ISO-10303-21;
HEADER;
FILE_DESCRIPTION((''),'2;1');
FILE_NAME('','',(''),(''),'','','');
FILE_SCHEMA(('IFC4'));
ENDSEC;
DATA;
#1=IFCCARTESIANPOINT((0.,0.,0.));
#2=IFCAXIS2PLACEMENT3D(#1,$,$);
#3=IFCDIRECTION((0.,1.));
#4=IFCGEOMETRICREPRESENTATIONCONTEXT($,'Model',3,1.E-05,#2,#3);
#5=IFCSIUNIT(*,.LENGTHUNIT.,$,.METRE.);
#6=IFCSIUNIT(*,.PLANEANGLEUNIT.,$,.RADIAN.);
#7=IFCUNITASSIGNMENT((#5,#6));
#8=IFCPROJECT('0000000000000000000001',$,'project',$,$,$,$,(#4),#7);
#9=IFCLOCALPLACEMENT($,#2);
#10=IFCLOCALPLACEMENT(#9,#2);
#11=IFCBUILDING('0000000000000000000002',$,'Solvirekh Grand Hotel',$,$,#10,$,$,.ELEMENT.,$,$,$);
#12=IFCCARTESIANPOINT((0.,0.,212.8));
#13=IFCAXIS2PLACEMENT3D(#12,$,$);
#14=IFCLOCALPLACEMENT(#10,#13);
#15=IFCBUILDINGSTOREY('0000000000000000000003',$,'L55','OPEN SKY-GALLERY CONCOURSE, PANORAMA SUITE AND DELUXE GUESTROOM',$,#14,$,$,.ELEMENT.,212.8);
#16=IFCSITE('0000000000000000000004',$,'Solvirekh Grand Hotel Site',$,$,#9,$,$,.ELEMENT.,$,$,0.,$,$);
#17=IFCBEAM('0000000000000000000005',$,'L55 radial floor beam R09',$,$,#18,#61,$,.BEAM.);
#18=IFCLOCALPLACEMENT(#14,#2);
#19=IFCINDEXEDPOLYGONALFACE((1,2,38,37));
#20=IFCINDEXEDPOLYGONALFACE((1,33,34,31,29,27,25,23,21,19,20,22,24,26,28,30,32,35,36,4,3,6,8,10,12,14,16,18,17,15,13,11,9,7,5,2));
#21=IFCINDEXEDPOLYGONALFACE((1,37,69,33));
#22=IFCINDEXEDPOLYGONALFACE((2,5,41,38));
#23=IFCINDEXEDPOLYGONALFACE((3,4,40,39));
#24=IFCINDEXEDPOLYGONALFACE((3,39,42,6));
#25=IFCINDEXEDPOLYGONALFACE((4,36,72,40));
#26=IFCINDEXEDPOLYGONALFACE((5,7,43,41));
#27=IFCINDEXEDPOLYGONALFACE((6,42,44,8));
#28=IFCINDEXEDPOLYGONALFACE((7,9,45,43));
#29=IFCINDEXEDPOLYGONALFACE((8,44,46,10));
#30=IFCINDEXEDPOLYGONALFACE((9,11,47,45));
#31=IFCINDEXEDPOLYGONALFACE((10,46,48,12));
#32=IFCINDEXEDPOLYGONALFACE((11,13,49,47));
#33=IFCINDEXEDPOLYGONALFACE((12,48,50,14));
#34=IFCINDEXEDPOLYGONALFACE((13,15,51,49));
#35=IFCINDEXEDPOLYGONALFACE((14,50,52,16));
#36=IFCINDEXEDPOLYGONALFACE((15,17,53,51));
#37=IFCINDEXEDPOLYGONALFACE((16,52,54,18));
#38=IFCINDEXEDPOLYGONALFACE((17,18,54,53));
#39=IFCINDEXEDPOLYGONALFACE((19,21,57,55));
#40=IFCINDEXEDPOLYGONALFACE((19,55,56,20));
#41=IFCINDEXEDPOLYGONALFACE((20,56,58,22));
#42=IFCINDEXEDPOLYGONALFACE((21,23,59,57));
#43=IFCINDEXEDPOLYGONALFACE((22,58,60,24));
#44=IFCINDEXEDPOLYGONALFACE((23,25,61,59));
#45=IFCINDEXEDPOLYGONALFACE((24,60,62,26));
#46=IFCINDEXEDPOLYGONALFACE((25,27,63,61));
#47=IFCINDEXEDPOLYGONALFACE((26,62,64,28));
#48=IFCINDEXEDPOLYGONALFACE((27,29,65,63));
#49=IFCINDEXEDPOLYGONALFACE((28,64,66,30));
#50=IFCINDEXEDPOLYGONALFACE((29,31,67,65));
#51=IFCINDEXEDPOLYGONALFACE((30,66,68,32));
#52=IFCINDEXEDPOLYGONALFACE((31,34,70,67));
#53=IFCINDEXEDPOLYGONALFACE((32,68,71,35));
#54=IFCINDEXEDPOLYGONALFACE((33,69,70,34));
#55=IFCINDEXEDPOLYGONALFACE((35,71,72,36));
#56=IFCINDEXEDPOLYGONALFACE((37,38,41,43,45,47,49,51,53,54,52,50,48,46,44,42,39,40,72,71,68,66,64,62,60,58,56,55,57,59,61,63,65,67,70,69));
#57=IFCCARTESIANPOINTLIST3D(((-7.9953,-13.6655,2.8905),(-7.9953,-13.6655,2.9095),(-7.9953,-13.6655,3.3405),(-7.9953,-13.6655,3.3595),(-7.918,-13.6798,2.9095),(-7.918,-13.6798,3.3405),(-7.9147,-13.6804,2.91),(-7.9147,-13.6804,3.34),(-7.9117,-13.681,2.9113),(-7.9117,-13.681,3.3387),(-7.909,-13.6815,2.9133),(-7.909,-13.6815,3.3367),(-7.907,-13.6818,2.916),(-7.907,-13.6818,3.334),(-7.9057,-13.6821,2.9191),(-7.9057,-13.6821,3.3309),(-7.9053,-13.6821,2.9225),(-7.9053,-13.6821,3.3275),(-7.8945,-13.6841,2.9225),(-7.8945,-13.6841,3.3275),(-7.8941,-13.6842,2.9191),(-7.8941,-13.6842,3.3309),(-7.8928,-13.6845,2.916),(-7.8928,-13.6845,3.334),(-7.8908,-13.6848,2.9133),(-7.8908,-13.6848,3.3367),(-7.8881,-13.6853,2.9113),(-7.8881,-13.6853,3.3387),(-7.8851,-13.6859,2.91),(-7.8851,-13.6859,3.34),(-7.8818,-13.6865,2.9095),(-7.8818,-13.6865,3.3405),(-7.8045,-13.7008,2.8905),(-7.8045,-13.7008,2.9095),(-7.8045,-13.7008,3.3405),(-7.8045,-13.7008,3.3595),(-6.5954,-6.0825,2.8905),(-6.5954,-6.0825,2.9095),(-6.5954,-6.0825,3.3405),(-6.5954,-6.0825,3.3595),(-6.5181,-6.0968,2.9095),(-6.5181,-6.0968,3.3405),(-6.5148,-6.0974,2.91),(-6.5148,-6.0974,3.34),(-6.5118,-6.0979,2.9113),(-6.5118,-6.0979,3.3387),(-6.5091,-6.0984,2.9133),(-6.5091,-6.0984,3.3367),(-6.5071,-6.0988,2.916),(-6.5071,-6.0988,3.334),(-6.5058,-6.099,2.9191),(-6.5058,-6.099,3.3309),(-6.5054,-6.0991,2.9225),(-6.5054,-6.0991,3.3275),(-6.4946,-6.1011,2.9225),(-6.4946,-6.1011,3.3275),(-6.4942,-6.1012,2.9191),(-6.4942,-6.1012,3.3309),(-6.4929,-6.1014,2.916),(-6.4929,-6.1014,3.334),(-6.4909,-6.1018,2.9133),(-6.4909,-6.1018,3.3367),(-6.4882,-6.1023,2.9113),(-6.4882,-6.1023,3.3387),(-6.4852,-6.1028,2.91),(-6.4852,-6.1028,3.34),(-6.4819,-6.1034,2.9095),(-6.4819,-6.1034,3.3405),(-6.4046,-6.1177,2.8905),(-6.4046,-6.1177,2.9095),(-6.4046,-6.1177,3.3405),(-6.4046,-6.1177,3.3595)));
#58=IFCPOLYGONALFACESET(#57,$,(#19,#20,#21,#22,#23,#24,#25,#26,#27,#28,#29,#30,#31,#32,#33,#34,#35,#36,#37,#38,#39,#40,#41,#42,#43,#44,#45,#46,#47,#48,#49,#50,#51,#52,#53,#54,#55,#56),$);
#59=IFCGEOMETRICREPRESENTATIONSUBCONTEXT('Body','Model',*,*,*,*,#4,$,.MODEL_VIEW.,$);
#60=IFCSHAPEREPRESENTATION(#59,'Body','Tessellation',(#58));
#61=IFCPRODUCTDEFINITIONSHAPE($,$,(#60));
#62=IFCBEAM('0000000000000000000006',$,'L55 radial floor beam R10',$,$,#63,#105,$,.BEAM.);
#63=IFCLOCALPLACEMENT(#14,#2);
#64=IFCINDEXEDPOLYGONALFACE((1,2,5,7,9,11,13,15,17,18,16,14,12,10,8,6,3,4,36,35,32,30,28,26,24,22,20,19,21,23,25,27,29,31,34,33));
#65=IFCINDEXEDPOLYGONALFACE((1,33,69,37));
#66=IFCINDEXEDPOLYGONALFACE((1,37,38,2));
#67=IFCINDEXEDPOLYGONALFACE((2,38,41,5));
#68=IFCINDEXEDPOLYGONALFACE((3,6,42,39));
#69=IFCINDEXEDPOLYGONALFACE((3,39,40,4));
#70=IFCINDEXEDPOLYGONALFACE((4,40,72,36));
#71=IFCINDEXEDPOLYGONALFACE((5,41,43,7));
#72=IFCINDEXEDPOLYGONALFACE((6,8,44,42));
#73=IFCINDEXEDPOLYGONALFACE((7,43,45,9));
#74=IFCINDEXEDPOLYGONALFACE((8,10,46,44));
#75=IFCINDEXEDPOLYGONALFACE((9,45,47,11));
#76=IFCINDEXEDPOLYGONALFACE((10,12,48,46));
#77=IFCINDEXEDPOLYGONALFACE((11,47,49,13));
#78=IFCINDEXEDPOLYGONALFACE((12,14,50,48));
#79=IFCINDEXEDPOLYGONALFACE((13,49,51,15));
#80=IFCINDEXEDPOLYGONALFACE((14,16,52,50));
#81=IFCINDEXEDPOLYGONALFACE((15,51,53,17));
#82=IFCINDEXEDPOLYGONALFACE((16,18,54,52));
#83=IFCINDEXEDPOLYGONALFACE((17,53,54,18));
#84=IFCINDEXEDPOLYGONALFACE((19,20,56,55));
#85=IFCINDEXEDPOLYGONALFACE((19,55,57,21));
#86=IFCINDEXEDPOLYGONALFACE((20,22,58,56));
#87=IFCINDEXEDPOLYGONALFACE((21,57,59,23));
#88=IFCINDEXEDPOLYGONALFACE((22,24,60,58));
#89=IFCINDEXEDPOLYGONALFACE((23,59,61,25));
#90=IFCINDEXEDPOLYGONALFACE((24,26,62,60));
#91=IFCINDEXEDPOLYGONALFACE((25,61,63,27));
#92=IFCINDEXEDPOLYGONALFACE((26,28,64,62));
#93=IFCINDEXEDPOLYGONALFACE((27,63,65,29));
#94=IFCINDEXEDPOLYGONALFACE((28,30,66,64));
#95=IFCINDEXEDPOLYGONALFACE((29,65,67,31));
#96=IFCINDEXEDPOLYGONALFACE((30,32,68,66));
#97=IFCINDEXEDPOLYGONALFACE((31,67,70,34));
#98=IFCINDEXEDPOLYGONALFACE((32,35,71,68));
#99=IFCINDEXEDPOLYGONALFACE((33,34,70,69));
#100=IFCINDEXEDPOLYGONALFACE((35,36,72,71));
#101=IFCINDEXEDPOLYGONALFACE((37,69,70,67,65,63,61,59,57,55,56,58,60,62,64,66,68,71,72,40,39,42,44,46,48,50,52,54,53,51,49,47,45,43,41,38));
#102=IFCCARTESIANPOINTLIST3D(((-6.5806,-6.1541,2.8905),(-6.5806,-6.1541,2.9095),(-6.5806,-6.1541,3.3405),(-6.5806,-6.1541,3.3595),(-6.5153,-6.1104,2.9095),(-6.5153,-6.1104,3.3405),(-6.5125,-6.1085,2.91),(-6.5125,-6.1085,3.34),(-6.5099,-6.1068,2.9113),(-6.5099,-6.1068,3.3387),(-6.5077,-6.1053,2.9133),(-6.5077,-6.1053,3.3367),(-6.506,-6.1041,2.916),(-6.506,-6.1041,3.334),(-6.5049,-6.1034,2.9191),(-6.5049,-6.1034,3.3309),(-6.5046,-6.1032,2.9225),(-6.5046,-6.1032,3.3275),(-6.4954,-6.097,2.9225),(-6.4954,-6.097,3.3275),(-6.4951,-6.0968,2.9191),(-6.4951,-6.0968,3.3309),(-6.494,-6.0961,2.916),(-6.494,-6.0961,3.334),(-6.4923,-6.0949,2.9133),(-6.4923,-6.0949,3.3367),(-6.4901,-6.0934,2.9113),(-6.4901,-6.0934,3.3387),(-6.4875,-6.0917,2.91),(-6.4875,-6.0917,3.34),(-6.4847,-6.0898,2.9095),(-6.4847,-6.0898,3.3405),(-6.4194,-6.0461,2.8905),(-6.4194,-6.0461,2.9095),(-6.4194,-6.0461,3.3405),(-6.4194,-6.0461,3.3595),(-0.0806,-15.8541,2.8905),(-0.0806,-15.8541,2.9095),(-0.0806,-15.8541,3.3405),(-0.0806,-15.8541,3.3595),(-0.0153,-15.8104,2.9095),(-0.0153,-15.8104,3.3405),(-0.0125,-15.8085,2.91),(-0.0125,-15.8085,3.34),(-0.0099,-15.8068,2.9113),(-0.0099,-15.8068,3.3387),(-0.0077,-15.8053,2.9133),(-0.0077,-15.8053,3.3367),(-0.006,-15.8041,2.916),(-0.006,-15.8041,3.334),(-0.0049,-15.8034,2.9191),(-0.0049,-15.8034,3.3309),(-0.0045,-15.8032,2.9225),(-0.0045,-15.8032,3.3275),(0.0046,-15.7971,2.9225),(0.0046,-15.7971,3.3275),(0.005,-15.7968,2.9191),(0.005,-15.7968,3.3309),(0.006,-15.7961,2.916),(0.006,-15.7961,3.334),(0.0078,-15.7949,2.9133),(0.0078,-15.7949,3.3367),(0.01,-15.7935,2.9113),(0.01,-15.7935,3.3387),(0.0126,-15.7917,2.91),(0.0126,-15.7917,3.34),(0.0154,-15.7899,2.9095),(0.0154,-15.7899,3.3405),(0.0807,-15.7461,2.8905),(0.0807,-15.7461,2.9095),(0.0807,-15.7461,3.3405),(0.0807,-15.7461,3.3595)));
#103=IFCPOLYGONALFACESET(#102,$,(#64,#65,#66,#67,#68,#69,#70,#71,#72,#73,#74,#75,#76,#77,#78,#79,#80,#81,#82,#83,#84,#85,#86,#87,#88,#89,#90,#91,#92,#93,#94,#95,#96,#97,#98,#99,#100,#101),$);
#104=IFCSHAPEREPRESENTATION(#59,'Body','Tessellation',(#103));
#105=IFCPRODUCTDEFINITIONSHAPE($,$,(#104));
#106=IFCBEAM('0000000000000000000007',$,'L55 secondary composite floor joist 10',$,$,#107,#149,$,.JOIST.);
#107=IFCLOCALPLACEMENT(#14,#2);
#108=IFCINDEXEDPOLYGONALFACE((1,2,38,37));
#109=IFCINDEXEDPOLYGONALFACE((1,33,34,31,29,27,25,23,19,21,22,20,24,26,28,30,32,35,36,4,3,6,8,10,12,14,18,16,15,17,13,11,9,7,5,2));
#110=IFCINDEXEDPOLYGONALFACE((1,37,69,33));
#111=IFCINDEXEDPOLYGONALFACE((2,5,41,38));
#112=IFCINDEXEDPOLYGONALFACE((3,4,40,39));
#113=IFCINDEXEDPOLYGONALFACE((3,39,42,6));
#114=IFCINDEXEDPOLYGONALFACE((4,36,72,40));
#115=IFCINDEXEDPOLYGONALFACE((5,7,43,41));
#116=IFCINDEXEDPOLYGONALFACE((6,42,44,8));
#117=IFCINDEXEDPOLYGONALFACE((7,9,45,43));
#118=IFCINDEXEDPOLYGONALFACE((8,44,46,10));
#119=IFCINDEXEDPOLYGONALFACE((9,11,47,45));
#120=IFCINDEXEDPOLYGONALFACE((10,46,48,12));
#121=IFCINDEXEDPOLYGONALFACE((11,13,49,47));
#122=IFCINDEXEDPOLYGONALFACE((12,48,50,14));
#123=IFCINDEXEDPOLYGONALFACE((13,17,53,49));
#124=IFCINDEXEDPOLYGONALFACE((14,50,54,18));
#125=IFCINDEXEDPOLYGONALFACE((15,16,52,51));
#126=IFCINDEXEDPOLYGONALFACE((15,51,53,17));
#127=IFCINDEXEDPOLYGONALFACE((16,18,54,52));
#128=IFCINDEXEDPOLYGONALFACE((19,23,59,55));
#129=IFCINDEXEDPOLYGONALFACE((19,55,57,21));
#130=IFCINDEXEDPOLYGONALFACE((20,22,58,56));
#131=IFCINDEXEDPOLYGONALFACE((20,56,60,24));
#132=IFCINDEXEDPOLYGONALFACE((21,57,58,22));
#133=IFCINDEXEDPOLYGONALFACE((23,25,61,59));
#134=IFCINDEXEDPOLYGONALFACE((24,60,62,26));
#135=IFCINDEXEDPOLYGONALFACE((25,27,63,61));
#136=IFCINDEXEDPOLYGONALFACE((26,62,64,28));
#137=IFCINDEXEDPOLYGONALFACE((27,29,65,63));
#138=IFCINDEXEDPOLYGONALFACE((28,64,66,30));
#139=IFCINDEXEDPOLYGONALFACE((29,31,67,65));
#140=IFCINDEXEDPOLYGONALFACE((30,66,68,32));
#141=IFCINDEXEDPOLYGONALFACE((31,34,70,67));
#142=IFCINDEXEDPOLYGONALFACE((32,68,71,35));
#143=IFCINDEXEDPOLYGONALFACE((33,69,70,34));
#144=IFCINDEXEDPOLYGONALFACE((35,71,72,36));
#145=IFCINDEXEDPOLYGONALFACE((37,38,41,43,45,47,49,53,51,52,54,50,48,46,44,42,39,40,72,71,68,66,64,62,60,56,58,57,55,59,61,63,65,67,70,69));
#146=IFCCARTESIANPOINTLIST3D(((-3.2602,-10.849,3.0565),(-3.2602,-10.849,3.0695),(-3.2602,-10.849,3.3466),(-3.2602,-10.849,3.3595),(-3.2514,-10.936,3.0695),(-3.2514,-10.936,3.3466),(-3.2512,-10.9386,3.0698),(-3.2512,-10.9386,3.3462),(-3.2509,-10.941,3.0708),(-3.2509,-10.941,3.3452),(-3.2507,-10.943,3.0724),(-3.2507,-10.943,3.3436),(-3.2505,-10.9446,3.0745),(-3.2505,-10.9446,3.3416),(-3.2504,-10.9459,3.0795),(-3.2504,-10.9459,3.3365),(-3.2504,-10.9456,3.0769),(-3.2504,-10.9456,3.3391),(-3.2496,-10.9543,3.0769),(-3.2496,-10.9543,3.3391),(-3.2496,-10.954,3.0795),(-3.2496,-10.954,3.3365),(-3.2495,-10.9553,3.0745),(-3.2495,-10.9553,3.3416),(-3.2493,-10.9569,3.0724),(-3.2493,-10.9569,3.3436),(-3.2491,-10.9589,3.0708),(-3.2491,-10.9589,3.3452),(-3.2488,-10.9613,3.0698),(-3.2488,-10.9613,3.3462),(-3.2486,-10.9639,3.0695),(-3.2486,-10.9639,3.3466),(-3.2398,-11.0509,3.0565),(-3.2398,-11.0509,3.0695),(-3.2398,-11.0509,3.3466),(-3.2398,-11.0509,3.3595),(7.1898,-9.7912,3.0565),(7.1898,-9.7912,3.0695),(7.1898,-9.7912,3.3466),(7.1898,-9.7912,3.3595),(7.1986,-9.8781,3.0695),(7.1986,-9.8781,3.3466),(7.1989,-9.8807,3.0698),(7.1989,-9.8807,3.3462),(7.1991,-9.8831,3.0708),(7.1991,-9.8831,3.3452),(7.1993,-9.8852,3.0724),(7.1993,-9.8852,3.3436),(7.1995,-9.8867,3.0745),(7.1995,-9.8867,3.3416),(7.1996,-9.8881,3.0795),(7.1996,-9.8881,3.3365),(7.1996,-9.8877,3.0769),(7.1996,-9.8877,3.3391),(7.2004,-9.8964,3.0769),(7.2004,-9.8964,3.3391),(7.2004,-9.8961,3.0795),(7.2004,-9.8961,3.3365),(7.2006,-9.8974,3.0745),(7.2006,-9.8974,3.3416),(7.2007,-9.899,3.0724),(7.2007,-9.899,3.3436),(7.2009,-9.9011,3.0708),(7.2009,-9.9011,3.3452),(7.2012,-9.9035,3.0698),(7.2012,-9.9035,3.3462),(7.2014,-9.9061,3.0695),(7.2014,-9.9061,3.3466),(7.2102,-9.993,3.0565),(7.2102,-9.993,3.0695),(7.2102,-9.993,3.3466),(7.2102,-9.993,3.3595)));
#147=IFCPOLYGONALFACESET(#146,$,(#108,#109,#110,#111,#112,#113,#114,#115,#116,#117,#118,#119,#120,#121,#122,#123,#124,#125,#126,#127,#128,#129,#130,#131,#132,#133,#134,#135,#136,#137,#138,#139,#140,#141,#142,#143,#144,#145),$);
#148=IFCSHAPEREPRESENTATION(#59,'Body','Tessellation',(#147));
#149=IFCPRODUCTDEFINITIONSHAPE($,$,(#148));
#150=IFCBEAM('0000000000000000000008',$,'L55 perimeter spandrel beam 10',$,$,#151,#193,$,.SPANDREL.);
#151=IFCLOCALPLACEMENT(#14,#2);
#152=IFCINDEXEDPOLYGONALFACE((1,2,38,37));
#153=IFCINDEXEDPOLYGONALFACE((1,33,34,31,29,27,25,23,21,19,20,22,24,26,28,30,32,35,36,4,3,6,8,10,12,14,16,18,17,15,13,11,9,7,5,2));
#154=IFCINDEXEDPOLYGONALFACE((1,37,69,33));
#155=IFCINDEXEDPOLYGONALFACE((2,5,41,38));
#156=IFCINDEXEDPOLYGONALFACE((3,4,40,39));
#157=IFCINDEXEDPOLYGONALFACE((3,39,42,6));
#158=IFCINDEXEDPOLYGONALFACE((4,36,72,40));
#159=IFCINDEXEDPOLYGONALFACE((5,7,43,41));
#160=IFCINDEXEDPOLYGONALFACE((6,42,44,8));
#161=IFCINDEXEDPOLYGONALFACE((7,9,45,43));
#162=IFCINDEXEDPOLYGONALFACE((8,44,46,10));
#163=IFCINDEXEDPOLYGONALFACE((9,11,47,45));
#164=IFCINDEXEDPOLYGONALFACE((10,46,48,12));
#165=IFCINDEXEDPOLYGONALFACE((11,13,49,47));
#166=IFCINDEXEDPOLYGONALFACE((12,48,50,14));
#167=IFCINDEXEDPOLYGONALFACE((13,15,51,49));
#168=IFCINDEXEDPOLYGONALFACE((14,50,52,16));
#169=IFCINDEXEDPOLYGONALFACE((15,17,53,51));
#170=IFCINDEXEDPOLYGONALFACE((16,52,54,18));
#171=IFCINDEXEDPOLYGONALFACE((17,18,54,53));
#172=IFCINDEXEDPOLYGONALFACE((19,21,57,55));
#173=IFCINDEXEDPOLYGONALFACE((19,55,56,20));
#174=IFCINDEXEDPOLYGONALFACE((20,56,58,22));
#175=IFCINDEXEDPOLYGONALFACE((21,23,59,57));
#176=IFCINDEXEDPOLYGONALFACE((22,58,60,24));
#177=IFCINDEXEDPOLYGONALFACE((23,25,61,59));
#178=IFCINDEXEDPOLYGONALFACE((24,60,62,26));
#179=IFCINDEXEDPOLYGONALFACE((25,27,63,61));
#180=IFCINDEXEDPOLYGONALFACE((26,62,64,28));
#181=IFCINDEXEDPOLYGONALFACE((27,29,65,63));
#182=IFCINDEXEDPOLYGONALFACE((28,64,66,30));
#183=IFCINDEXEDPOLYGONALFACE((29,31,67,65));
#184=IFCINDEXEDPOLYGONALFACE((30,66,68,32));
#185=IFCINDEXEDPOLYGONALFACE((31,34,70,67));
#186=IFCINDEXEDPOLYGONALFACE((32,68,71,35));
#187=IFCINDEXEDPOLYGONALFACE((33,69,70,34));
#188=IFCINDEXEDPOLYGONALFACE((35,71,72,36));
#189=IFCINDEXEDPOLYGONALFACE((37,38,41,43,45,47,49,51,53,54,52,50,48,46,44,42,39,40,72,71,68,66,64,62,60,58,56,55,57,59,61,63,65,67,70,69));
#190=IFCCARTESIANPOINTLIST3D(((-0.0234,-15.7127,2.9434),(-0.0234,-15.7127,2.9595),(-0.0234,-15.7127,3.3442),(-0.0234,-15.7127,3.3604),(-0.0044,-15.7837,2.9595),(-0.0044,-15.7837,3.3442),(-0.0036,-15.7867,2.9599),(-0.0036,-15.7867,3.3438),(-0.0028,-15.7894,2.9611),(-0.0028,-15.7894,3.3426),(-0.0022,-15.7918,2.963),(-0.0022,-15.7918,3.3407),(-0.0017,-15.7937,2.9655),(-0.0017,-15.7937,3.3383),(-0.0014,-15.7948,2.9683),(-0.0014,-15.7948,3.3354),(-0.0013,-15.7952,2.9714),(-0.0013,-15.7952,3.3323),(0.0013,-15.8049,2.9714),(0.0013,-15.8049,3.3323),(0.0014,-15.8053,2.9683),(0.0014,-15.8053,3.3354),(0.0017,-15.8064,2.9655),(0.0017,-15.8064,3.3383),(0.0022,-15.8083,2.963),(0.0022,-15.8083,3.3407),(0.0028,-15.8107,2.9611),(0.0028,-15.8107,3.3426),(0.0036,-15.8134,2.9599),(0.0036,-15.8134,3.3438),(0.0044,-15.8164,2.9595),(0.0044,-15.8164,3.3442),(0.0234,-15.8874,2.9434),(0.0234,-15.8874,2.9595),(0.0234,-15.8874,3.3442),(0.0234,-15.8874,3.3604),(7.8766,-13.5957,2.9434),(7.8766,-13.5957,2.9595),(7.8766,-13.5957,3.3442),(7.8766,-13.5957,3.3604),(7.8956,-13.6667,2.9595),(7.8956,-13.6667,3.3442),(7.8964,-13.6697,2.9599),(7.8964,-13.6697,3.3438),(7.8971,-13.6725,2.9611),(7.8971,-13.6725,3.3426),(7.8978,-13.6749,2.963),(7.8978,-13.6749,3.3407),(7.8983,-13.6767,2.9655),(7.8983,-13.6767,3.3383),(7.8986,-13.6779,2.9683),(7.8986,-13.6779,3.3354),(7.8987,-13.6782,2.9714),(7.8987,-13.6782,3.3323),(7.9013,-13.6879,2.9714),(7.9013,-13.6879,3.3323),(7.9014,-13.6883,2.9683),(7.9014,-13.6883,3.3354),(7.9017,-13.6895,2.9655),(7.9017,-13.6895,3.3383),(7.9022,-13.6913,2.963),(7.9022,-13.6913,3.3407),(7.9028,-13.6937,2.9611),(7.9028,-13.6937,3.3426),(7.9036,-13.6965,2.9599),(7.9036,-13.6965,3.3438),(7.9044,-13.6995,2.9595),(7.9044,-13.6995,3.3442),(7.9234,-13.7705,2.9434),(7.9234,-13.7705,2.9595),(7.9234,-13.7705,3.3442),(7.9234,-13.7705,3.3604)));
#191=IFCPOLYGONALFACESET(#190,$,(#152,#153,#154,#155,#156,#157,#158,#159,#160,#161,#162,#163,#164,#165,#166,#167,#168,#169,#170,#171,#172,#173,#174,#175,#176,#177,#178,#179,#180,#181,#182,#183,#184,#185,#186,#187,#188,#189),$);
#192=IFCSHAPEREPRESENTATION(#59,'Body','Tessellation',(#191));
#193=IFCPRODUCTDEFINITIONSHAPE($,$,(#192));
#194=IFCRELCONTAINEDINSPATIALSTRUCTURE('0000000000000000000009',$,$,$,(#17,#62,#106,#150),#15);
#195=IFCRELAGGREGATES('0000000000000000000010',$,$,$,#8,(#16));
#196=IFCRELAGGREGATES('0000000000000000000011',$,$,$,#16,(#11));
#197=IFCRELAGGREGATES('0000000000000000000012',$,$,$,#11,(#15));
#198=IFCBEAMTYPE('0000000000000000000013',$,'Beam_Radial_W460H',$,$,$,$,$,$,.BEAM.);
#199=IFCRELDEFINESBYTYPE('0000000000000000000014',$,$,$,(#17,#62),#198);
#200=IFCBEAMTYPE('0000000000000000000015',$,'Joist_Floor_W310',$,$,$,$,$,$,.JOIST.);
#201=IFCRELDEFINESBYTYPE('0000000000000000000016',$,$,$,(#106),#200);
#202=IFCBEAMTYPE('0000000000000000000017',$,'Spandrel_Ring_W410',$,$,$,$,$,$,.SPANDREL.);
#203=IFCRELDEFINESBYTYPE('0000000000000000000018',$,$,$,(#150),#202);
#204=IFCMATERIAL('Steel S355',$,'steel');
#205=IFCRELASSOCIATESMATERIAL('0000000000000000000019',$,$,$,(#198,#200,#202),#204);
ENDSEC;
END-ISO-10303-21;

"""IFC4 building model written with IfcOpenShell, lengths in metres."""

from ifc_helpers import new_model, si_unit, direction, frame, origin, origin_2d, place, context, subcontext, project, spatial, i_section, extrude, material, material_profile, profile_set, type_object, element, save


model = new_model("IFC4")

# Units and contexts
model_context = context("Model", 3, precision=1e-05, world=origin(), true_north=direction((0.0, 1.0)))
body_context = subcontext(model_context, "Body", "Model", "MODEL_VIEW")
ifc_project = project(units=[si_unit("LENGTHUNIT", "METRE"), si_unit("PLANEANGLEUNIT", "RADIAN")], contexts=[model_context])

# Site, building, storey
site_placement = place(None, origin())
site = spatial("IfcSite", under=ifc_project, at=site_placement, Name="Solvirekh Grand Hotel Site", CompositionType="ELEMENT", RefElevation=0.0)
building_placement = place(site_placement, origin())
building = spatial("IfcBuilding", under=site, at=building_placement, Name="Solvirekh Grand Hotel", CompositionType="ELEMENT")
storey_placement = place(building_placement, frame((0.0, 0.0, 212.8)))
storey = spatial("IfcBuildingStorey", under=building, at=storey_placement, Name="L55", Description="OPEN SKY-GALLERY CONCOURSE, PANORAMA SUITE AND DELUXE GUESTROOM", CompositionType="ELEMENT", Elevation=212.8)

# Beams
ifc_material_1 = material(Name="Steel S355", Category="steel")
ifc_material_profile_1 = material_profile(ifc_material_1, i_section(OverallWidth=0.1941, OverallDepth=0.469, WebThickness=0.011, FlangeThickness=0.019, FilletRadius=0.0129, at=origin_2d()), Name="W460X106")
ifc_profile_set_1 = profile_set([ifc_material_profile_1], Name="Steel S355")
beam_type_1 = type_object("IfcBeamType", Name="Beam_Radial_W460H", PredefinedType="BEAM", material=ifc_profile_set_1)
beam_1_placement = place(storey_placement, frame((-6.5, -6.1001, 3.125), z_axis=(-0.181543, -0.983383, 0.0), x_axis=(0.983383, -0.181543, 0.0)))
element("IfcBeam", 1, at=beam_1_placement, inside=storey, type_object=beam_type_1, Name="L55 radial floor beam R09", PredefinedType="BEAM", context=body_context, shape_type="SweptSolid", body=[
    extrude(i_section(OverallWidth=0.1941, OverallDepth=0.469, WebThickness=0.011, FlangeThickness=0.019, FilletRadius=0.0129, at=origin_2d()), origin(), (0.0, 0.0, 1.0), 7.7112),
])
beam_2_placement = place(storey_placement, frame((-6.5, -6.1001, 3.125), z_axis=(0.556677, -0.830729, 0.0), x_axis=(0.830729, 0.556677, 0.0)))
element("IfcBeam", 2, at=beam_2_placement, inside=storey, type_object=beam_type_1, Name="L55 radial floor beam R10", PredefinedType="BEAM", context=body_context, shape_type="SweptSolid", body=[
    extrude(i_section(OverallWidth=0.1941, OverallDepth=0.469, WebThickness=0.011, FlangeThickness=0.019, FilletRadius=0.0129, at=origin_2d()), origin(), (0.0, 0.0, 1.0), 11.6765),
])
ifc_material_profile_2 = material_profile(ifc_material_1, i_section(OverallWidth=0.2029, OverallDepth=0.303, WebThickness=0.0081, FlangeThickness=0.0129, FilletRadius=0.01, at=origin_2d()), Name="W310X60")
ifc_profile_set_2 = profile_set([ifc_material_profile_2], Name="Steel S355")
beam_type_2 = type_object("IfcBeamType", Name="Joist_Floor_W310", PredefinedType="JOIST", material=ifc_profile_set_2)
beam_3_placement = place(storey_placement, frame((-3.25, -10.95, 3.208), z_axis=(0.994915, 0.100716, 0.0), x_axis=(-0.100716, 0.994915, 0.0)))
element("IfcBeam", 3, at=beam_3_placement, inside=storey, type_object=beam_type_2, Name="L55 secondary composite floor joist 10", PredefinedType="JOIST", context=body_context, shape_type="SweptSolid", body=[
    extrude(i_section(OverallWidth=0.2029, OverallDepth=0.303, WebThickness=0.0081, FlangeThickness=0.0129, FilletRadius=0.01, at=origin_2d()), origin(), (0.0, 0.0, 1.0), 10.5034),
])
ifc_material_profile_3 = material_profile(ifc_material_1, i_section(OverallWidth=0.1809, OverallDepth=0.417, WebThickness=0.01, FlangeThickness=0.0161, FilletRadius=0.012, at=origin_2d()), Name="W410X85")
ifc_profile_set_3 = profile_set([ifc_material_profile_3], Name="Steel S355")
beam_type_3 = type_object("IfcBeamType", Name="Spandrel_Ring_W410", PredefinedType="SPANDREL", material=ifc_profile_set_3)
beam_4_placement = place(storey_placement, frame((0.0, -15.8, 3.1519), z_axis=(0.965921, 0.258839, 0.0), x_axis=(-0.258839, 0.965921, 0.0)))
element("IfcBeam", 4, at=beam_4_placement, inside=storey, type_object=beam_type_3, Name="L55 perimeter spandrel beam 10", PredefinedType="SPANDREL", context=body_context, shape_type="SweptSolid", body=[
    extrude(i_section(OverallWidth=0.1809, OverallDepth=0.417, WebThickness=0.01, FlangeThickness=0.0161, FilletRadius=0.012, at=origin_2d()), origin(), (0.0, 0.0, 1.0), 8.1787),
])

save(model, "model.ifc")
